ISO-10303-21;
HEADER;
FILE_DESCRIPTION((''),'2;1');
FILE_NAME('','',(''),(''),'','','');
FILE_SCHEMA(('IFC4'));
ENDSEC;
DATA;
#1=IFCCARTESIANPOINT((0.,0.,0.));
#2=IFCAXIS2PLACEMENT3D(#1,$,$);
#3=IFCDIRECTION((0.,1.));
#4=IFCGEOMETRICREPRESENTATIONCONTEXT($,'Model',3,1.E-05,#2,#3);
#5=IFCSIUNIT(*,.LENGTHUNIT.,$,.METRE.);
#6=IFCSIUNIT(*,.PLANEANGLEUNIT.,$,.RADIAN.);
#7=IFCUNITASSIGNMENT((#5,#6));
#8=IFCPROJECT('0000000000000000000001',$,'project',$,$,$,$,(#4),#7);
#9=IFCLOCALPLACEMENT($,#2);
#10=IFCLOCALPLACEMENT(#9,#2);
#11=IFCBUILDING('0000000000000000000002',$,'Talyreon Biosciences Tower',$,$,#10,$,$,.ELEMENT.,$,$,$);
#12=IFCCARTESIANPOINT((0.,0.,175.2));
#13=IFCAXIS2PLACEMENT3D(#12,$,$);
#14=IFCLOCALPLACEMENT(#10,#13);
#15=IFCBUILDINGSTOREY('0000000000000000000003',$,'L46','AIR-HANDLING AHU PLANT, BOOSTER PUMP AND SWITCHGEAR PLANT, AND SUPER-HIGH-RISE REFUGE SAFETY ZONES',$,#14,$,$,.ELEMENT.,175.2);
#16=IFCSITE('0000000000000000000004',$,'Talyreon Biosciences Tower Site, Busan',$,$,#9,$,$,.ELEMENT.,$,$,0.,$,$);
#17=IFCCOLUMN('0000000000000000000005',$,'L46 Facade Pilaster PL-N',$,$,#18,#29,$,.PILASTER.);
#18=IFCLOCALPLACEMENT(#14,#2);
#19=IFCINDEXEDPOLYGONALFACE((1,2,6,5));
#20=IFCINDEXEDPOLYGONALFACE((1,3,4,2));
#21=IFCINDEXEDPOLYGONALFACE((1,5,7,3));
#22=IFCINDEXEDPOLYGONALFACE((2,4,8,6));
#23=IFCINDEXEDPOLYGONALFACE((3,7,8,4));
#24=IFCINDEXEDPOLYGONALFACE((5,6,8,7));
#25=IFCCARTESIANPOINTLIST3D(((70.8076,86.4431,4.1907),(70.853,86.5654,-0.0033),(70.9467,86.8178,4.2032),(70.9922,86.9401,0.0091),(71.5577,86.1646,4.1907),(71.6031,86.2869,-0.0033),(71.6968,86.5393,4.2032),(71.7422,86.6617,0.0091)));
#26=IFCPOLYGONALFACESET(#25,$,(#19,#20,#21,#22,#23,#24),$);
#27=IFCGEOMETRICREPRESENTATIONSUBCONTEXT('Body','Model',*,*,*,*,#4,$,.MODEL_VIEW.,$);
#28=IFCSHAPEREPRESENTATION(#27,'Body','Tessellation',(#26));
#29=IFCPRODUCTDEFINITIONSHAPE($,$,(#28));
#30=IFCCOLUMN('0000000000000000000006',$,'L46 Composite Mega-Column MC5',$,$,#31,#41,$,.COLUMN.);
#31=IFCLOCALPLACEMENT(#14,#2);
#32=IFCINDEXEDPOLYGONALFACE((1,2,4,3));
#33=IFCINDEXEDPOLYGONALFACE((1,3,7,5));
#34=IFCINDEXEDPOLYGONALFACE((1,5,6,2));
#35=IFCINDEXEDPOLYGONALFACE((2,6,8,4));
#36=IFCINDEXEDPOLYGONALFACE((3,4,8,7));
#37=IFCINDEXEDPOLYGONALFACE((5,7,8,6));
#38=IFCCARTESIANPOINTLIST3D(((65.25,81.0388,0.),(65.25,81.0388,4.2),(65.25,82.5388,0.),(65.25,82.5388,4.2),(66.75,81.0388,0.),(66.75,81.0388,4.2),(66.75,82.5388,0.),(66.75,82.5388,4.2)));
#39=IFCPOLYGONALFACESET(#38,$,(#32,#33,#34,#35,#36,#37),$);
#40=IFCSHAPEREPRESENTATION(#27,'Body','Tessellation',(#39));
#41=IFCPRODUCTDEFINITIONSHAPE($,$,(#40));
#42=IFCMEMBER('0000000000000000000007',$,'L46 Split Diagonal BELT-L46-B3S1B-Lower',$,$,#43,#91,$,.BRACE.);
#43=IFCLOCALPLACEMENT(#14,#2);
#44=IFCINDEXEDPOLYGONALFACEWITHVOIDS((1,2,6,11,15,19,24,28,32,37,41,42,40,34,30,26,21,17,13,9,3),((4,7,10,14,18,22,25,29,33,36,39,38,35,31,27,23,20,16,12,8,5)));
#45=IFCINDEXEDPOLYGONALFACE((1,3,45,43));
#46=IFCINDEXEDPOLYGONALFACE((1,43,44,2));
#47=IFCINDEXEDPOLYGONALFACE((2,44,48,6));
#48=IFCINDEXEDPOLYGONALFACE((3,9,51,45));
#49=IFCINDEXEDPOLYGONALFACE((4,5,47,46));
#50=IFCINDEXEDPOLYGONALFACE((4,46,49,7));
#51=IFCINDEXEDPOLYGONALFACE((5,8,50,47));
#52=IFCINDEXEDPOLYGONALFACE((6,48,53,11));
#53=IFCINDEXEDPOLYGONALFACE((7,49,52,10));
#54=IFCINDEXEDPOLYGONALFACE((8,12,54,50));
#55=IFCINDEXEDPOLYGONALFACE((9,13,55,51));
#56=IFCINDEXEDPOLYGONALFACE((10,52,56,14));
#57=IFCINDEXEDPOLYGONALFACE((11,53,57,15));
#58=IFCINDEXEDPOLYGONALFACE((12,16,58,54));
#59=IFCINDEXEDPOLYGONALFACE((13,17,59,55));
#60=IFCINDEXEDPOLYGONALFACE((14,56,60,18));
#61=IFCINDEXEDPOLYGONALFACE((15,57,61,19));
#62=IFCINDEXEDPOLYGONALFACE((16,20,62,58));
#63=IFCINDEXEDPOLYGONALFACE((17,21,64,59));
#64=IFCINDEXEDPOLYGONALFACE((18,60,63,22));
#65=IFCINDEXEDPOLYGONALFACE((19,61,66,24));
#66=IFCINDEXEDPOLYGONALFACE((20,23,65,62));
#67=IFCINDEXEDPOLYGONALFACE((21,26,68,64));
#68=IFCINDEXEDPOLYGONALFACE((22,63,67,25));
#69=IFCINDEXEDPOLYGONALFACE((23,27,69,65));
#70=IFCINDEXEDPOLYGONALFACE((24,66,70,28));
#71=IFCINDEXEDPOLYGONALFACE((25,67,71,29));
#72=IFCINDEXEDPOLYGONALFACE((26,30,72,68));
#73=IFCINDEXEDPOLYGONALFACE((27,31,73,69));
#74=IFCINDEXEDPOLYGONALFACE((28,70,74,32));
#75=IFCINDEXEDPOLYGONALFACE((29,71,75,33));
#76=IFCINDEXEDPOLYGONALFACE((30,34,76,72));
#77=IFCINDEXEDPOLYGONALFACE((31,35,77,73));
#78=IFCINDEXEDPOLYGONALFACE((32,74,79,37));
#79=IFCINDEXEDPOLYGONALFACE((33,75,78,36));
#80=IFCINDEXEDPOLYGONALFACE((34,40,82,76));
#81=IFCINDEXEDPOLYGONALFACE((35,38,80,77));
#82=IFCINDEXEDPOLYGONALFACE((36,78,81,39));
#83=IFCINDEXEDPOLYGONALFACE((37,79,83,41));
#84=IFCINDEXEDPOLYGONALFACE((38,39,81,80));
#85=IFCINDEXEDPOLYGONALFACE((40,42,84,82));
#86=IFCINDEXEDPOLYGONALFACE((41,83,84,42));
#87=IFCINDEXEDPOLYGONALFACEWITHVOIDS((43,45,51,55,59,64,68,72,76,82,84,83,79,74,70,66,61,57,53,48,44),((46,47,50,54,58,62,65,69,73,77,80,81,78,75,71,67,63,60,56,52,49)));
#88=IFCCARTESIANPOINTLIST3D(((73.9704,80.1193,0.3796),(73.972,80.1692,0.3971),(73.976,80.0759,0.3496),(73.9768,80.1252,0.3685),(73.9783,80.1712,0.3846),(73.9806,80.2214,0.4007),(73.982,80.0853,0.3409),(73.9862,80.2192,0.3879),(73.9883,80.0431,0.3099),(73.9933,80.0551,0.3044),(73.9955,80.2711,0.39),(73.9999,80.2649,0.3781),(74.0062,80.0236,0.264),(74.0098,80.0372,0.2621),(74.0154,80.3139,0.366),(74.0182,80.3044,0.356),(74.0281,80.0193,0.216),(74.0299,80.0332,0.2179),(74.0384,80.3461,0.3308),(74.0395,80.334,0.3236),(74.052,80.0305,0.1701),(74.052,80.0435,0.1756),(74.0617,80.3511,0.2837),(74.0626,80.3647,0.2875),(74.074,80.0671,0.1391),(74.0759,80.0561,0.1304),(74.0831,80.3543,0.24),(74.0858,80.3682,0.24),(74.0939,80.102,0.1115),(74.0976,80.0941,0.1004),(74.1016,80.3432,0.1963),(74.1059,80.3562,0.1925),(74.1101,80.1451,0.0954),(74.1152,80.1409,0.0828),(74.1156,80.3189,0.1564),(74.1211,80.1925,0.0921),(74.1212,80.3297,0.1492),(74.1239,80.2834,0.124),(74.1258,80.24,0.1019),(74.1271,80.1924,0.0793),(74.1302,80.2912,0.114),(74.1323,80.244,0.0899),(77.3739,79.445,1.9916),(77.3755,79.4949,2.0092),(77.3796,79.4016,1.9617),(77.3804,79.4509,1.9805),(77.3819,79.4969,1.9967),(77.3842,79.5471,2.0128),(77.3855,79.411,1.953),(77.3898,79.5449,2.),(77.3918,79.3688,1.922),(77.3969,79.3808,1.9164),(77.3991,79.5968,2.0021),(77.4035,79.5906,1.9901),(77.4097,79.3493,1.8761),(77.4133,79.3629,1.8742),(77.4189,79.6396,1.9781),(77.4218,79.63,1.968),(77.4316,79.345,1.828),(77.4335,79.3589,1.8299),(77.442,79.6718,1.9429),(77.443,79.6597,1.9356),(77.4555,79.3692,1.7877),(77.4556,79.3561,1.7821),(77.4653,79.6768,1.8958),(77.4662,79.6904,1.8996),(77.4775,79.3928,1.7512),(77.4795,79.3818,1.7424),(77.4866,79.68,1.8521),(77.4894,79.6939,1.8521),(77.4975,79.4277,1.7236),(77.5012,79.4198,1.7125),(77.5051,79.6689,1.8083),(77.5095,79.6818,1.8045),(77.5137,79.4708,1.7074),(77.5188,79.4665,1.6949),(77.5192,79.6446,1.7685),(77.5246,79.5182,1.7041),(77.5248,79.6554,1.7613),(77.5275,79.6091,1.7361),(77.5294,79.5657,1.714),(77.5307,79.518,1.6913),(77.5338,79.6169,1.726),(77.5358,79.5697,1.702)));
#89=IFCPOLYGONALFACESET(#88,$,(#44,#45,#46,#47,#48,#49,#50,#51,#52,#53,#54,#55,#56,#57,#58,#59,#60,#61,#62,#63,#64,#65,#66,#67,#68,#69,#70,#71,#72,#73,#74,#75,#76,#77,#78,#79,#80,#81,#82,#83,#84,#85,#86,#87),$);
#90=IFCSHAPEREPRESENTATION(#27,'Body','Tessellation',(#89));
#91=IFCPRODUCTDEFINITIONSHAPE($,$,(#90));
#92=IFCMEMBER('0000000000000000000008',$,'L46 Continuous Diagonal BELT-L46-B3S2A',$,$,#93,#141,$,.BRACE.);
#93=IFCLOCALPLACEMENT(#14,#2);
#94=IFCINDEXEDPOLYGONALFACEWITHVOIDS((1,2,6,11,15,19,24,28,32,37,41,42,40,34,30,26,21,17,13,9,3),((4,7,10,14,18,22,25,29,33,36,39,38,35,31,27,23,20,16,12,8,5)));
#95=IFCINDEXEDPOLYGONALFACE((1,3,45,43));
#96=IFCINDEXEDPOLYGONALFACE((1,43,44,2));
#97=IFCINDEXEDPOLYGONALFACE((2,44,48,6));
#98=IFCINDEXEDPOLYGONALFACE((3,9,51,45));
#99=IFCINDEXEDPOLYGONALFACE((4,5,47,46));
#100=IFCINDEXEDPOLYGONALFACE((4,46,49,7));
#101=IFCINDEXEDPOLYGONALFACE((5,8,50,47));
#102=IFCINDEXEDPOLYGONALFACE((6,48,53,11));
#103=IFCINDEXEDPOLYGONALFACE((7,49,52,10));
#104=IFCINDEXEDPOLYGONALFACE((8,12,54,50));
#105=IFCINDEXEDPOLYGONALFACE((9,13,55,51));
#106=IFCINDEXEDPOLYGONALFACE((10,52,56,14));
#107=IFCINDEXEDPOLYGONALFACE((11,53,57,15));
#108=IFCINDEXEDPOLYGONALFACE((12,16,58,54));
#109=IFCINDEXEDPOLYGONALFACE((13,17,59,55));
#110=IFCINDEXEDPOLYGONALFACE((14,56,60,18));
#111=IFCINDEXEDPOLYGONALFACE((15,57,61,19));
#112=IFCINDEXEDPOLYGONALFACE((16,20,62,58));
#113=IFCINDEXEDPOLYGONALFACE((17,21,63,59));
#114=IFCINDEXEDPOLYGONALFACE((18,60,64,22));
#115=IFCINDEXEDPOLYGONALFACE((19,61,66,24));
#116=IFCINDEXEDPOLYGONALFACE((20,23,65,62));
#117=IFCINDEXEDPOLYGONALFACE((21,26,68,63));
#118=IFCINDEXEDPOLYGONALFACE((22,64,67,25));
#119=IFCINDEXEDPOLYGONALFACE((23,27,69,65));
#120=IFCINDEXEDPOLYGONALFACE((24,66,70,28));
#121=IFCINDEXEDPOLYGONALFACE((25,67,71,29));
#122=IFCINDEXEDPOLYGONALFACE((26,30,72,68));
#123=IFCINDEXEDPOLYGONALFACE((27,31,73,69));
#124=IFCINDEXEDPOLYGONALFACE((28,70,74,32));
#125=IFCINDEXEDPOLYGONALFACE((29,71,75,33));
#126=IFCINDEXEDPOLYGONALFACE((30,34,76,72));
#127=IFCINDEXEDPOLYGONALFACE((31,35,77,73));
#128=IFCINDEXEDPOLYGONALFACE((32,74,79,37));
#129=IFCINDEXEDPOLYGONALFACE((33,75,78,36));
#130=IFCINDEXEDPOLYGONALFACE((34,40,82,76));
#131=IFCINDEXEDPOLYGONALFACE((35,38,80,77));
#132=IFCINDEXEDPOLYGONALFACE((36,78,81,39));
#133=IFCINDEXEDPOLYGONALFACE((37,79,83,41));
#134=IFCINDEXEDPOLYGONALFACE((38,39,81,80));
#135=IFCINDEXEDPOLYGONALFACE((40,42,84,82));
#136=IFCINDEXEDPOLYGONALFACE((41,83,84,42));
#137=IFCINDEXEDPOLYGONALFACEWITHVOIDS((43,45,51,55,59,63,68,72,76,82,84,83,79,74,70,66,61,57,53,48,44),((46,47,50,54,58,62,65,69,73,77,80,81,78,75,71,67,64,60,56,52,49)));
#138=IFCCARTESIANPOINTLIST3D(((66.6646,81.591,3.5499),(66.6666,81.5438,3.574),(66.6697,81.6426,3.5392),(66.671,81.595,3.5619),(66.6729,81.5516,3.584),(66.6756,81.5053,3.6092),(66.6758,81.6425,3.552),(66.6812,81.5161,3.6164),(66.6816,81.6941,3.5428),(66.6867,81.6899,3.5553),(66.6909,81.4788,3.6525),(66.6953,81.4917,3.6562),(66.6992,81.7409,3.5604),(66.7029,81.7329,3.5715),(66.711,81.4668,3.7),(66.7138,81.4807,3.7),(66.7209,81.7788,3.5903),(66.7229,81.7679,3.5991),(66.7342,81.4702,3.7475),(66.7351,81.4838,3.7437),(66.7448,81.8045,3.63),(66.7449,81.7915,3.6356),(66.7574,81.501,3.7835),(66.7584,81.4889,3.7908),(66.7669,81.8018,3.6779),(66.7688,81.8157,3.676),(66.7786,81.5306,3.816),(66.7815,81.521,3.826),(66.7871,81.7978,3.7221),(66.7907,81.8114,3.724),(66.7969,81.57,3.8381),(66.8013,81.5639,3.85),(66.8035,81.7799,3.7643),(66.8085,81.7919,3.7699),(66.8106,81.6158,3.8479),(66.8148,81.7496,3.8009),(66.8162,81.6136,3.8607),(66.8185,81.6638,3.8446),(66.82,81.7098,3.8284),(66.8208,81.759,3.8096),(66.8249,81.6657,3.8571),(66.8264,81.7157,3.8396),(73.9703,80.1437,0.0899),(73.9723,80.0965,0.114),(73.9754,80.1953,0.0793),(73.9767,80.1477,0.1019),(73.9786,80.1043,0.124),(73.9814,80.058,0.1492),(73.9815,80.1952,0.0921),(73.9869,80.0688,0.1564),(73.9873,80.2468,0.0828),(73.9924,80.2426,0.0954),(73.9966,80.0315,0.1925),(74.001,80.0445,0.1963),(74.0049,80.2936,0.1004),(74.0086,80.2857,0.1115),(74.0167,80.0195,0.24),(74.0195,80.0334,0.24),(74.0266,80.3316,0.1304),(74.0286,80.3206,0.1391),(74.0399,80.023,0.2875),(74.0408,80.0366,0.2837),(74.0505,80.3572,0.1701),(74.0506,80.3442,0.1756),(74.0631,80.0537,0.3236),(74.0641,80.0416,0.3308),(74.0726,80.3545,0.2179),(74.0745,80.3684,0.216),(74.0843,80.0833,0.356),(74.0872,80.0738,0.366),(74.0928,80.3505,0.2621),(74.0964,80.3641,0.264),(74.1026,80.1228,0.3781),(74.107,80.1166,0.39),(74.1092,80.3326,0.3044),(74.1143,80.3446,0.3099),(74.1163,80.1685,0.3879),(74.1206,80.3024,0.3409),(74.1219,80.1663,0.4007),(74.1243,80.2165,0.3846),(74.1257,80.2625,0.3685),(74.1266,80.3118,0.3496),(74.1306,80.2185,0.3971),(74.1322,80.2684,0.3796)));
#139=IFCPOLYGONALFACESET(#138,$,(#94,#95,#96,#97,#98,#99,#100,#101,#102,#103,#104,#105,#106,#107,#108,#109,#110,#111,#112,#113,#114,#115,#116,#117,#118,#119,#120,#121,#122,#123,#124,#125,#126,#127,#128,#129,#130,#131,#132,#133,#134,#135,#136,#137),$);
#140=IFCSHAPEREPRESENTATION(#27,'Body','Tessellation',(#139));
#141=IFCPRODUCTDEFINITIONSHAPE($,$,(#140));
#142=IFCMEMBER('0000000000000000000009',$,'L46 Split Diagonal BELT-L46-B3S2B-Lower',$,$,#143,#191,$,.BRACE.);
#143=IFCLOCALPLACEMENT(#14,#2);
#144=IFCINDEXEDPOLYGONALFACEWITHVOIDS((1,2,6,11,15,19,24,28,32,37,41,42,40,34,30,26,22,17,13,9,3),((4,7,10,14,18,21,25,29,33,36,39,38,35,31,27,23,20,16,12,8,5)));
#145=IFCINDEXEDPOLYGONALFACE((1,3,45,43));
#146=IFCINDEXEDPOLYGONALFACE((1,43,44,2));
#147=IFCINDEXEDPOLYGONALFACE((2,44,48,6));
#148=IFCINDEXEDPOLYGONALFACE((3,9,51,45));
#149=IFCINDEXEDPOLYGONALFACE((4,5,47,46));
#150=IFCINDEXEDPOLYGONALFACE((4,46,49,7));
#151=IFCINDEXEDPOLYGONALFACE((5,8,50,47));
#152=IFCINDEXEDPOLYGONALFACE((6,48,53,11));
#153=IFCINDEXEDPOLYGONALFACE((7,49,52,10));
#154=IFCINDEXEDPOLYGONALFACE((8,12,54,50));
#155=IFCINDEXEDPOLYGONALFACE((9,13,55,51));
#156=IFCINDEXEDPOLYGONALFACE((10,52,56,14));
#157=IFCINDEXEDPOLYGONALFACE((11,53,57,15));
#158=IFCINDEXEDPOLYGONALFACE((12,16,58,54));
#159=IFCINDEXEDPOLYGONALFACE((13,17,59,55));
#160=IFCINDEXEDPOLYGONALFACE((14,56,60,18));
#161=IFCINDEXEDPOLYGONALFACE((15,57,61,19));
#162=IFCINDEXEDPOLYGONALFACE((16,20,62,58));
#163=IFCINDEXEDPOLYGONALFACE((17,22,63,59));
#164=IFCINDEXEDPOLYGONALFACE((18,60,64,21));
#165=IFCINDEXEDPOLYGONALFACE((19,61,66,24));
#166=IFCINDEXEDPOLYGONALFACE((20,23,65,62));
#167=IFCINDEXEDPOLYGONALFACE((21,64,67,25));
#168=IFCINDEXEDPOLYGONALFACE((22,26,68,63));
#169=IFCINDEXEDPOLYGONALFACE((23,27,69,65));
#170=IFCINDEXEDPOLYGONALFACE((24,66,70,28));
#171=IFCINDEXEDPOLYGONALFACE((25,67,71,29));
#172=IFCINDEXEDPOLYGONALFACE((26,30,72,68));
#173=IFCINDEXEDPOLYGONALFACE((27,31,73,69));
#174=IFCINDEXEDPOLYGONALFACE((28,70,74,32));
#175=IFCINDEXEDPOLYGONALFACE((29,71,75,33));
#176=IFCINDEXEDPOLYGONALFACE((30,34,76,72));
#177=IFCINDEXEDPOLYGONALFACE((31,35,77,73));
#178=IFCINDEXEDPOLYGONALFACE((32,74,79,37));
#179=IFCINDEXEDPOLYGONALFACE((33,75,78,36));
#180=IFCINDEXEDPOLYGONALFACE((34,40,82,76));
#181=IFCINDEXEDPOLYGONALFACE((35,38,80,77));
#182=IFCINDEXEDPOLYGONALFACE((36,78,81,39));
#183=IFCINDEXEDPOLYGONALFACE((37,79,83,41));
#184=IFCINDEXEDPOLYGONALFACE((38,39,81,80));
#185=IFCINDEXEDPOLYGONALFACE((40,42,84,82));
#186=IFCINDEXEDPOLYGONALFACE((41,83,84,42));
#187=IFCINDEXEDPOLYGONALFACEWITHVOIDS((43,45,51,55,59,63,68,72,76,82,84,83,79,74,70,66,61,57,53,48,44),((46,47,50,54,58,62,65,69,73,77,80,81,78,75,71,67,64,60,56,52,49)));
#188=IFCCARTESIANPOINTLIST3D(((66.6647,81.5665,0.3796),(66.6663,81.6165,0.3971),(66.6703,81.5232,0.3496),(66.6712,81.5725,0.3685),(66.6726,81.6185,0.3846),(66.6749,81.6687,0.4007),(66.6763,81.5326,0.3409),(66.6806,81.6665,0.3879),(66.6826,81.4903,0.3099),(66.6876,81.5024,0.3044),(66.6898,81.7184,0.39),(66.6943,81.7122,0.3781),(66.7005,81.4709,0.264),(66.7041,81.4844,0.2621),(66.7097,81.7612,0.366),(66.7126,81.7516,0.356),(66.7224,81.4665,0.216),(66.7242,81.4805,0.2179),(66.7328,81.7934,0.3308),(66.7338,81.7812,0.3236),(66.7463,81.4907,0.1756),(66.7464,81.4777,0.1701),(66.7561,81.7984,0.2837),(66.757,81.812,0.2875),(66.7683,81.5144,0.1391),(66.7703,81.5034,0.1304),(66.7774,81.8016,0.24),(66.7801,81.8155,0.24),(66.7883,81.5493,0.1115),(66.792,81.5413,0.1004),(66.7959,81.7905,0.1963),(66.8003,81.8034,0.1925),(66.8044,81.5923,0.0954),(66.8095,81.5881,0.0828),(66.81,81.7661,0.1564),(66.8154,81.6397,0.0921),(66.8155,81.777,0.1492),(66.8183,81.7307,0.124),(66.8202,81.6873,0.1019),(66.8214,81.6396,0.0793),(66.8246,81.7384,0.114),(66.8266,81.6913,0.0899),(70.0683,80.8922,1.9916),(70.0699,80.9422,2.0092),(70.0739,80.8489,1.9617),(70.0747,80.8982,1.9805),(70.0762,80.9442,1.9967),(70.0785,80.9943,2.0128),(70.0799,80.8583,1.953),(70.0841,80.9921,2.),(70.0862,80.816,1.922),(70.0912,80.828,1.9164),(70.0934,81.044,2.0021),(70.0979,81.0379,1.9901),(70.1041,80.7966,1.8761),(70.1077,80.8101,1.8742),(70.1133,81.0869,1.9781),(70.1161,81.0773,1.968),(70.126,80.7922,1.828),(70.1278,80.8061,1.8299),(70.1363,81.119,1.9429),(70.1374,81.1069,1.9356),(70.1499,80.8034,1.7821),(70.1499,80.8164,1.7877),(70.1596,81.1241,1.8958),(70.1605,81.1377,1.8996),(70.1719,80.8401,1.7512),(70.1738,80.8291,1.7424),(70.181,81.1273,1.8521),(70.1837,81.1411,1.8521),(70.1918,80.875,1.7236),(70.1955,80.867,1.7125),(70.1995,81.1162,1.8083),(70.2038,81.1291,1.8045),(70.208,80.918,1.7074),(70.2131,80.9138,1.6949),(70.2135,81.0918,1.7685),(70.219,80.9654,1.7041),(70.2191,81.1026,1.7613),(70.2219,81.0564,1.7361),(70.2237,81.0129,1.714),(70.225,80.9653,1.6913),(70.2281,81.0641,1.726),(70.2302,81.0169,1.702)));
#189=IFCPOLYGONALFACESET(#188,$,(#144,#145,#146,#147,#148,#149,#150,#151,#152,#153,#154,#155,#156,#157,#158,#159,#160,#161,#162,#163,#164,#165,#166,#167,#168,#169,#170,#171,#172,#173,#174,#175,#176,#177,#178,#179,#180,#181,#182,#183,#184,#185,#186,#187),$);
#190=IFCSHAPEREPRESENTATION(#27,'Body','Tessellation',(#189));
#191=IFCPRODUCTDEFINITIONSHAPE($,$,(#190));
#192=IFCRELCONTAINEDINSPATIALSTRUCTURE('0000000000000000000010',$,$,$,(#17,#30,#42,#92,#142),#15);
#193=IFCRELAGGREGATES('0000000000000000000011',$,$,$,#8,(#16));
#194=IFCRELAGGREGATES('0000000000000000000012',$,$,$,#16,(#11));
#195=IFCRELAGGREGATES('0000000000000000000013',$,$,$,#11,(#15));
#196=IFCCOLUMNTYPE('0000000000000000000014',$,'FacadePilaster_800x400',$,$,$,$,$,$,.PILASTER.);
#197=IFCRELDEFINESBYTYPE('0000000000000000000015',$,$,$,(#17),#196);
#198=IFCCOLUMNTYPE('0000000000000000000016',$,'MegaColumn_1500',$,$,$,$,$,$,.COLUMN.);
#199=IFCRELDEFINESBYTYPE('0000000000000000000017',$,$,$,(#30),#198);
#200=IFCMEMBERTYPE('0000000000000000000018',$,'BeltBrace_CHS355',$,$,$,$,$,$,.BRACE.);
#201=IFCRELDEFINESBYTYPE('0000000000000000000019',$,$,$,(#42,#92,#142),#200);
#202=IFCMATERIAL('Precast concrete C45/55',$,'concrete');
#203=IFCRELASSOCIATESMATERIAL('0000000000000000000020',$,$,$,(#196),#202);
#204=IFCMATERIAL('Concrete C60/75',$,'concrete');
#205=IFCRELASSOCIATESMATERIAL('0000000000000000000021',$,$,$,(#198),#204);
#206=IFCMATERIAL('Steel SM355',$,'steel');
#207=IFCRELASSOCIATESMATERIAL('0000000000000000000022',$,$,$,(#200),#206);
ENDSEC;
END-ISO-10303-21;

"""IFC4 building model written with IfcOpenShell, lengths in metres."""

from ifc_helpers import new_model, si_unit, direction, frame, origin, origin_2d, place, context, subcontext, project, spatial, rectangle, hollow_circle, extrude, material, material_profile, profile_set, type_object, element, save


model = new_model("IFC4")

# Units and contexts
model_context = context("Model", 3, precision=1e-05, world=origin(), true_north=direction((0.0, 1.0)))
body_context = subcontext(model_context, "Body", "Model", "MODEL_VIEW")
ifc_project = project(units=[si_unit("LENGTHUNIT", "METRE"), si_unit("PLANEANGLEUNIT", "RADIAN")], contexts=[model_context])

# Site, building, storey
site_placement = place(None, origin())
site = spatial("IfcSite", under=ifc_project, at=site_placement, Name="Talyreon Biosciences Tower Site, Busan", CompositionType="ELEMENT", RefElevation=0.0)
building_placement = place(site_placement, origin())
building = spatial("IfcBuilding", under=site, at=building_placement, Name="Talyreon Biosciences Tower", CompositionType="ELEMENT")
storey_placement = place(building_placement, frame((0.0, 0.0, 175.2)))
storey = spatial("IfcBuildingStorey", under=building, at=storey_placement, Name="L46", Description="AIR-HANDLING AHU PLANT, BOOSTER PUMP AND SWITCHGEAR PLANT, AND SUPER-HIGH-RISE REFUGE SAFETY ZONES", CompositionType="ELEMENT", Elevation=175.2)

# Columns
ifc_material_1 = material(Name="Precast concrete C45/55", Category="concrete")
ifc_material_profile_1 = material_profile(ifc_material_1, rectangle(XDim=0.8, YDim=0.3999, at=origin_2d()), Name="RC 800x400")
ifc_profile_set_1 = profile_set([ifc_material_profile_1], Name="Precast concrete C45/55")
column_type_1 = type_object("IfcColumnType", Name="FacadePilaster_800x400", PredefinedType="PILASTER", material=ifc_profile_set_1)
column_1_placement = place(storey_placement, frame((71.2976, 86.6135, 0.0029), z_axis=(-0.010822, -0.029149, 0.999516), x_axis=(-0.937478, 0.348046, 0.0)))
element("IfcColumn", 1, at=column_1_placement, inside=storey, type_object=column_type_1, Name="L46 Facade Pilaster PL-N", PredefinedType="PILASTER", context=body_context, shape_type="SweptSolid", body=[
    extrude(rectangle(XDim=0.8, YDim=0.3999, at=origin_2d()), origin(), (0.0, 0.0, 1.0), 4.196),
])
ifc_material_2 = material(Name="Concrete C60/75", Category="concrete")
ifc_material_profile_2 = material_profile(ifc_material_2, rectangle(XDim=1.5, YDim=1.5, at=origin_2d()), Name="RC 1500x1500")
ifc_profile_set_2 = profile_set([ifc_material_profile_2], Name="Concrete C60/75")
column_type_2 = type_object("IfcColumnType", Name="MegaColumn_1500", PredefinedType="COLUMN", material=ifc_profile_set_2)
column_2_placement = place(storey_placement, frame((66.0, 81.7888, 0.0), z_axis=(0.0, 0.0, 1.0), x_axis=(1.0, 0.0, 0.0)))
element("IfcColumn", 2, at=column_2_placement, inside=storey, type_object=column_type_2, Name="L46 Composite Mega-Column MC5", PredefinedType="COLUMN", context=body_context, shape_type="SweptSolid", body=[
    extrude(rectangle(XDim=1.5, YDim=1.5, at=origin_2d()), origin(), (0.0, 0.0, 1.0), 4.2),
])

# Members
ifc_material_3 = material(Name="Steel SM355", Category="steel")
ifc_material_profile_3 = material_profile(ifc_material_3, hollow_circle(Radius=0.1777, WallThickness=0.0142, at=origin_2d()), Name="CHS 355.6x14.2")
ifc_profile_set_3 = profile_set([ifc_material_profile_3], Name="Steel SM355")
member_type_1 = type_object("IfcMemberType", Name="BeltBrace_CHS355", PredefinedType="BRACE", material=ifc_profile_set_3)
member_1_placement = place(storey_placement, frame((74.0513, 80.1938, 0.24), z_axis=(0.889606, -0.176249, 0.421352), x_axis=(0.194343, 0.980934, 0.0)))
element("IfcMember", 3, at=member_1_placement, inside=storey, type_object=member_type_1, Name="L46 Split Diagonal BELT-L46-B3S1B-Lower", PredefinedType="BRACE", context=body_context, shape_type="SweptSolid", body=[
    extrude(hollow_circle(Radius=0.1777, WallThickness=0.0142, at=origin_2d()), origin(), (0.0, 0.0, 1.0), 3.8259),
])
member_2_placement = place(storey_placement, frame((74.0513, 80.1938, 0.24), z_axis=(-0.889622, 0.176236, 0.421325), x_axis=(-0.194325, -0.980937, 0.0)))
element("IfcMember", 4, at=member_2_placement, inside=storey, type_object=member_type_1, Name="L46 Continuous Diagonal BELT-L46-B3S2A", PredefinedType="BRACE", context=body_context, shape_type="SweptSolid", body=[
    extrude(hollow_circle(Radius=0.1777, WallThickness=0.0142, at=origin_2d()), origin(), (0.0, 0.0, 1.0), 8.2122),
])
for number, where, z_axis, x_axis, name in (
    (5, (66.7456, 81.6411, 0.24), (0.889606, -0.176249, 0.421352), (0.194343, 0.980934, 0.0), "L46 Split Diagonal BELT-L46-B3S2B-Lower"),
):
    element("IfcMember", number, at=place(storey_placement, frame(where, z_axis=z_axis, x_axis=x_axis)), inside=storey, type_object=member_type_1, Name=name, PredefinedType="BRACE", context=body_context, shape_type="SweptSolid", body=[
        extrude(hollow_circle(Radius=0.1777, WallThickness=0.0142, at=origin_2d()), origin(), (0.0, 0.0, 1.0), 3.8259),
    ])

save(model, "model.ifc")
